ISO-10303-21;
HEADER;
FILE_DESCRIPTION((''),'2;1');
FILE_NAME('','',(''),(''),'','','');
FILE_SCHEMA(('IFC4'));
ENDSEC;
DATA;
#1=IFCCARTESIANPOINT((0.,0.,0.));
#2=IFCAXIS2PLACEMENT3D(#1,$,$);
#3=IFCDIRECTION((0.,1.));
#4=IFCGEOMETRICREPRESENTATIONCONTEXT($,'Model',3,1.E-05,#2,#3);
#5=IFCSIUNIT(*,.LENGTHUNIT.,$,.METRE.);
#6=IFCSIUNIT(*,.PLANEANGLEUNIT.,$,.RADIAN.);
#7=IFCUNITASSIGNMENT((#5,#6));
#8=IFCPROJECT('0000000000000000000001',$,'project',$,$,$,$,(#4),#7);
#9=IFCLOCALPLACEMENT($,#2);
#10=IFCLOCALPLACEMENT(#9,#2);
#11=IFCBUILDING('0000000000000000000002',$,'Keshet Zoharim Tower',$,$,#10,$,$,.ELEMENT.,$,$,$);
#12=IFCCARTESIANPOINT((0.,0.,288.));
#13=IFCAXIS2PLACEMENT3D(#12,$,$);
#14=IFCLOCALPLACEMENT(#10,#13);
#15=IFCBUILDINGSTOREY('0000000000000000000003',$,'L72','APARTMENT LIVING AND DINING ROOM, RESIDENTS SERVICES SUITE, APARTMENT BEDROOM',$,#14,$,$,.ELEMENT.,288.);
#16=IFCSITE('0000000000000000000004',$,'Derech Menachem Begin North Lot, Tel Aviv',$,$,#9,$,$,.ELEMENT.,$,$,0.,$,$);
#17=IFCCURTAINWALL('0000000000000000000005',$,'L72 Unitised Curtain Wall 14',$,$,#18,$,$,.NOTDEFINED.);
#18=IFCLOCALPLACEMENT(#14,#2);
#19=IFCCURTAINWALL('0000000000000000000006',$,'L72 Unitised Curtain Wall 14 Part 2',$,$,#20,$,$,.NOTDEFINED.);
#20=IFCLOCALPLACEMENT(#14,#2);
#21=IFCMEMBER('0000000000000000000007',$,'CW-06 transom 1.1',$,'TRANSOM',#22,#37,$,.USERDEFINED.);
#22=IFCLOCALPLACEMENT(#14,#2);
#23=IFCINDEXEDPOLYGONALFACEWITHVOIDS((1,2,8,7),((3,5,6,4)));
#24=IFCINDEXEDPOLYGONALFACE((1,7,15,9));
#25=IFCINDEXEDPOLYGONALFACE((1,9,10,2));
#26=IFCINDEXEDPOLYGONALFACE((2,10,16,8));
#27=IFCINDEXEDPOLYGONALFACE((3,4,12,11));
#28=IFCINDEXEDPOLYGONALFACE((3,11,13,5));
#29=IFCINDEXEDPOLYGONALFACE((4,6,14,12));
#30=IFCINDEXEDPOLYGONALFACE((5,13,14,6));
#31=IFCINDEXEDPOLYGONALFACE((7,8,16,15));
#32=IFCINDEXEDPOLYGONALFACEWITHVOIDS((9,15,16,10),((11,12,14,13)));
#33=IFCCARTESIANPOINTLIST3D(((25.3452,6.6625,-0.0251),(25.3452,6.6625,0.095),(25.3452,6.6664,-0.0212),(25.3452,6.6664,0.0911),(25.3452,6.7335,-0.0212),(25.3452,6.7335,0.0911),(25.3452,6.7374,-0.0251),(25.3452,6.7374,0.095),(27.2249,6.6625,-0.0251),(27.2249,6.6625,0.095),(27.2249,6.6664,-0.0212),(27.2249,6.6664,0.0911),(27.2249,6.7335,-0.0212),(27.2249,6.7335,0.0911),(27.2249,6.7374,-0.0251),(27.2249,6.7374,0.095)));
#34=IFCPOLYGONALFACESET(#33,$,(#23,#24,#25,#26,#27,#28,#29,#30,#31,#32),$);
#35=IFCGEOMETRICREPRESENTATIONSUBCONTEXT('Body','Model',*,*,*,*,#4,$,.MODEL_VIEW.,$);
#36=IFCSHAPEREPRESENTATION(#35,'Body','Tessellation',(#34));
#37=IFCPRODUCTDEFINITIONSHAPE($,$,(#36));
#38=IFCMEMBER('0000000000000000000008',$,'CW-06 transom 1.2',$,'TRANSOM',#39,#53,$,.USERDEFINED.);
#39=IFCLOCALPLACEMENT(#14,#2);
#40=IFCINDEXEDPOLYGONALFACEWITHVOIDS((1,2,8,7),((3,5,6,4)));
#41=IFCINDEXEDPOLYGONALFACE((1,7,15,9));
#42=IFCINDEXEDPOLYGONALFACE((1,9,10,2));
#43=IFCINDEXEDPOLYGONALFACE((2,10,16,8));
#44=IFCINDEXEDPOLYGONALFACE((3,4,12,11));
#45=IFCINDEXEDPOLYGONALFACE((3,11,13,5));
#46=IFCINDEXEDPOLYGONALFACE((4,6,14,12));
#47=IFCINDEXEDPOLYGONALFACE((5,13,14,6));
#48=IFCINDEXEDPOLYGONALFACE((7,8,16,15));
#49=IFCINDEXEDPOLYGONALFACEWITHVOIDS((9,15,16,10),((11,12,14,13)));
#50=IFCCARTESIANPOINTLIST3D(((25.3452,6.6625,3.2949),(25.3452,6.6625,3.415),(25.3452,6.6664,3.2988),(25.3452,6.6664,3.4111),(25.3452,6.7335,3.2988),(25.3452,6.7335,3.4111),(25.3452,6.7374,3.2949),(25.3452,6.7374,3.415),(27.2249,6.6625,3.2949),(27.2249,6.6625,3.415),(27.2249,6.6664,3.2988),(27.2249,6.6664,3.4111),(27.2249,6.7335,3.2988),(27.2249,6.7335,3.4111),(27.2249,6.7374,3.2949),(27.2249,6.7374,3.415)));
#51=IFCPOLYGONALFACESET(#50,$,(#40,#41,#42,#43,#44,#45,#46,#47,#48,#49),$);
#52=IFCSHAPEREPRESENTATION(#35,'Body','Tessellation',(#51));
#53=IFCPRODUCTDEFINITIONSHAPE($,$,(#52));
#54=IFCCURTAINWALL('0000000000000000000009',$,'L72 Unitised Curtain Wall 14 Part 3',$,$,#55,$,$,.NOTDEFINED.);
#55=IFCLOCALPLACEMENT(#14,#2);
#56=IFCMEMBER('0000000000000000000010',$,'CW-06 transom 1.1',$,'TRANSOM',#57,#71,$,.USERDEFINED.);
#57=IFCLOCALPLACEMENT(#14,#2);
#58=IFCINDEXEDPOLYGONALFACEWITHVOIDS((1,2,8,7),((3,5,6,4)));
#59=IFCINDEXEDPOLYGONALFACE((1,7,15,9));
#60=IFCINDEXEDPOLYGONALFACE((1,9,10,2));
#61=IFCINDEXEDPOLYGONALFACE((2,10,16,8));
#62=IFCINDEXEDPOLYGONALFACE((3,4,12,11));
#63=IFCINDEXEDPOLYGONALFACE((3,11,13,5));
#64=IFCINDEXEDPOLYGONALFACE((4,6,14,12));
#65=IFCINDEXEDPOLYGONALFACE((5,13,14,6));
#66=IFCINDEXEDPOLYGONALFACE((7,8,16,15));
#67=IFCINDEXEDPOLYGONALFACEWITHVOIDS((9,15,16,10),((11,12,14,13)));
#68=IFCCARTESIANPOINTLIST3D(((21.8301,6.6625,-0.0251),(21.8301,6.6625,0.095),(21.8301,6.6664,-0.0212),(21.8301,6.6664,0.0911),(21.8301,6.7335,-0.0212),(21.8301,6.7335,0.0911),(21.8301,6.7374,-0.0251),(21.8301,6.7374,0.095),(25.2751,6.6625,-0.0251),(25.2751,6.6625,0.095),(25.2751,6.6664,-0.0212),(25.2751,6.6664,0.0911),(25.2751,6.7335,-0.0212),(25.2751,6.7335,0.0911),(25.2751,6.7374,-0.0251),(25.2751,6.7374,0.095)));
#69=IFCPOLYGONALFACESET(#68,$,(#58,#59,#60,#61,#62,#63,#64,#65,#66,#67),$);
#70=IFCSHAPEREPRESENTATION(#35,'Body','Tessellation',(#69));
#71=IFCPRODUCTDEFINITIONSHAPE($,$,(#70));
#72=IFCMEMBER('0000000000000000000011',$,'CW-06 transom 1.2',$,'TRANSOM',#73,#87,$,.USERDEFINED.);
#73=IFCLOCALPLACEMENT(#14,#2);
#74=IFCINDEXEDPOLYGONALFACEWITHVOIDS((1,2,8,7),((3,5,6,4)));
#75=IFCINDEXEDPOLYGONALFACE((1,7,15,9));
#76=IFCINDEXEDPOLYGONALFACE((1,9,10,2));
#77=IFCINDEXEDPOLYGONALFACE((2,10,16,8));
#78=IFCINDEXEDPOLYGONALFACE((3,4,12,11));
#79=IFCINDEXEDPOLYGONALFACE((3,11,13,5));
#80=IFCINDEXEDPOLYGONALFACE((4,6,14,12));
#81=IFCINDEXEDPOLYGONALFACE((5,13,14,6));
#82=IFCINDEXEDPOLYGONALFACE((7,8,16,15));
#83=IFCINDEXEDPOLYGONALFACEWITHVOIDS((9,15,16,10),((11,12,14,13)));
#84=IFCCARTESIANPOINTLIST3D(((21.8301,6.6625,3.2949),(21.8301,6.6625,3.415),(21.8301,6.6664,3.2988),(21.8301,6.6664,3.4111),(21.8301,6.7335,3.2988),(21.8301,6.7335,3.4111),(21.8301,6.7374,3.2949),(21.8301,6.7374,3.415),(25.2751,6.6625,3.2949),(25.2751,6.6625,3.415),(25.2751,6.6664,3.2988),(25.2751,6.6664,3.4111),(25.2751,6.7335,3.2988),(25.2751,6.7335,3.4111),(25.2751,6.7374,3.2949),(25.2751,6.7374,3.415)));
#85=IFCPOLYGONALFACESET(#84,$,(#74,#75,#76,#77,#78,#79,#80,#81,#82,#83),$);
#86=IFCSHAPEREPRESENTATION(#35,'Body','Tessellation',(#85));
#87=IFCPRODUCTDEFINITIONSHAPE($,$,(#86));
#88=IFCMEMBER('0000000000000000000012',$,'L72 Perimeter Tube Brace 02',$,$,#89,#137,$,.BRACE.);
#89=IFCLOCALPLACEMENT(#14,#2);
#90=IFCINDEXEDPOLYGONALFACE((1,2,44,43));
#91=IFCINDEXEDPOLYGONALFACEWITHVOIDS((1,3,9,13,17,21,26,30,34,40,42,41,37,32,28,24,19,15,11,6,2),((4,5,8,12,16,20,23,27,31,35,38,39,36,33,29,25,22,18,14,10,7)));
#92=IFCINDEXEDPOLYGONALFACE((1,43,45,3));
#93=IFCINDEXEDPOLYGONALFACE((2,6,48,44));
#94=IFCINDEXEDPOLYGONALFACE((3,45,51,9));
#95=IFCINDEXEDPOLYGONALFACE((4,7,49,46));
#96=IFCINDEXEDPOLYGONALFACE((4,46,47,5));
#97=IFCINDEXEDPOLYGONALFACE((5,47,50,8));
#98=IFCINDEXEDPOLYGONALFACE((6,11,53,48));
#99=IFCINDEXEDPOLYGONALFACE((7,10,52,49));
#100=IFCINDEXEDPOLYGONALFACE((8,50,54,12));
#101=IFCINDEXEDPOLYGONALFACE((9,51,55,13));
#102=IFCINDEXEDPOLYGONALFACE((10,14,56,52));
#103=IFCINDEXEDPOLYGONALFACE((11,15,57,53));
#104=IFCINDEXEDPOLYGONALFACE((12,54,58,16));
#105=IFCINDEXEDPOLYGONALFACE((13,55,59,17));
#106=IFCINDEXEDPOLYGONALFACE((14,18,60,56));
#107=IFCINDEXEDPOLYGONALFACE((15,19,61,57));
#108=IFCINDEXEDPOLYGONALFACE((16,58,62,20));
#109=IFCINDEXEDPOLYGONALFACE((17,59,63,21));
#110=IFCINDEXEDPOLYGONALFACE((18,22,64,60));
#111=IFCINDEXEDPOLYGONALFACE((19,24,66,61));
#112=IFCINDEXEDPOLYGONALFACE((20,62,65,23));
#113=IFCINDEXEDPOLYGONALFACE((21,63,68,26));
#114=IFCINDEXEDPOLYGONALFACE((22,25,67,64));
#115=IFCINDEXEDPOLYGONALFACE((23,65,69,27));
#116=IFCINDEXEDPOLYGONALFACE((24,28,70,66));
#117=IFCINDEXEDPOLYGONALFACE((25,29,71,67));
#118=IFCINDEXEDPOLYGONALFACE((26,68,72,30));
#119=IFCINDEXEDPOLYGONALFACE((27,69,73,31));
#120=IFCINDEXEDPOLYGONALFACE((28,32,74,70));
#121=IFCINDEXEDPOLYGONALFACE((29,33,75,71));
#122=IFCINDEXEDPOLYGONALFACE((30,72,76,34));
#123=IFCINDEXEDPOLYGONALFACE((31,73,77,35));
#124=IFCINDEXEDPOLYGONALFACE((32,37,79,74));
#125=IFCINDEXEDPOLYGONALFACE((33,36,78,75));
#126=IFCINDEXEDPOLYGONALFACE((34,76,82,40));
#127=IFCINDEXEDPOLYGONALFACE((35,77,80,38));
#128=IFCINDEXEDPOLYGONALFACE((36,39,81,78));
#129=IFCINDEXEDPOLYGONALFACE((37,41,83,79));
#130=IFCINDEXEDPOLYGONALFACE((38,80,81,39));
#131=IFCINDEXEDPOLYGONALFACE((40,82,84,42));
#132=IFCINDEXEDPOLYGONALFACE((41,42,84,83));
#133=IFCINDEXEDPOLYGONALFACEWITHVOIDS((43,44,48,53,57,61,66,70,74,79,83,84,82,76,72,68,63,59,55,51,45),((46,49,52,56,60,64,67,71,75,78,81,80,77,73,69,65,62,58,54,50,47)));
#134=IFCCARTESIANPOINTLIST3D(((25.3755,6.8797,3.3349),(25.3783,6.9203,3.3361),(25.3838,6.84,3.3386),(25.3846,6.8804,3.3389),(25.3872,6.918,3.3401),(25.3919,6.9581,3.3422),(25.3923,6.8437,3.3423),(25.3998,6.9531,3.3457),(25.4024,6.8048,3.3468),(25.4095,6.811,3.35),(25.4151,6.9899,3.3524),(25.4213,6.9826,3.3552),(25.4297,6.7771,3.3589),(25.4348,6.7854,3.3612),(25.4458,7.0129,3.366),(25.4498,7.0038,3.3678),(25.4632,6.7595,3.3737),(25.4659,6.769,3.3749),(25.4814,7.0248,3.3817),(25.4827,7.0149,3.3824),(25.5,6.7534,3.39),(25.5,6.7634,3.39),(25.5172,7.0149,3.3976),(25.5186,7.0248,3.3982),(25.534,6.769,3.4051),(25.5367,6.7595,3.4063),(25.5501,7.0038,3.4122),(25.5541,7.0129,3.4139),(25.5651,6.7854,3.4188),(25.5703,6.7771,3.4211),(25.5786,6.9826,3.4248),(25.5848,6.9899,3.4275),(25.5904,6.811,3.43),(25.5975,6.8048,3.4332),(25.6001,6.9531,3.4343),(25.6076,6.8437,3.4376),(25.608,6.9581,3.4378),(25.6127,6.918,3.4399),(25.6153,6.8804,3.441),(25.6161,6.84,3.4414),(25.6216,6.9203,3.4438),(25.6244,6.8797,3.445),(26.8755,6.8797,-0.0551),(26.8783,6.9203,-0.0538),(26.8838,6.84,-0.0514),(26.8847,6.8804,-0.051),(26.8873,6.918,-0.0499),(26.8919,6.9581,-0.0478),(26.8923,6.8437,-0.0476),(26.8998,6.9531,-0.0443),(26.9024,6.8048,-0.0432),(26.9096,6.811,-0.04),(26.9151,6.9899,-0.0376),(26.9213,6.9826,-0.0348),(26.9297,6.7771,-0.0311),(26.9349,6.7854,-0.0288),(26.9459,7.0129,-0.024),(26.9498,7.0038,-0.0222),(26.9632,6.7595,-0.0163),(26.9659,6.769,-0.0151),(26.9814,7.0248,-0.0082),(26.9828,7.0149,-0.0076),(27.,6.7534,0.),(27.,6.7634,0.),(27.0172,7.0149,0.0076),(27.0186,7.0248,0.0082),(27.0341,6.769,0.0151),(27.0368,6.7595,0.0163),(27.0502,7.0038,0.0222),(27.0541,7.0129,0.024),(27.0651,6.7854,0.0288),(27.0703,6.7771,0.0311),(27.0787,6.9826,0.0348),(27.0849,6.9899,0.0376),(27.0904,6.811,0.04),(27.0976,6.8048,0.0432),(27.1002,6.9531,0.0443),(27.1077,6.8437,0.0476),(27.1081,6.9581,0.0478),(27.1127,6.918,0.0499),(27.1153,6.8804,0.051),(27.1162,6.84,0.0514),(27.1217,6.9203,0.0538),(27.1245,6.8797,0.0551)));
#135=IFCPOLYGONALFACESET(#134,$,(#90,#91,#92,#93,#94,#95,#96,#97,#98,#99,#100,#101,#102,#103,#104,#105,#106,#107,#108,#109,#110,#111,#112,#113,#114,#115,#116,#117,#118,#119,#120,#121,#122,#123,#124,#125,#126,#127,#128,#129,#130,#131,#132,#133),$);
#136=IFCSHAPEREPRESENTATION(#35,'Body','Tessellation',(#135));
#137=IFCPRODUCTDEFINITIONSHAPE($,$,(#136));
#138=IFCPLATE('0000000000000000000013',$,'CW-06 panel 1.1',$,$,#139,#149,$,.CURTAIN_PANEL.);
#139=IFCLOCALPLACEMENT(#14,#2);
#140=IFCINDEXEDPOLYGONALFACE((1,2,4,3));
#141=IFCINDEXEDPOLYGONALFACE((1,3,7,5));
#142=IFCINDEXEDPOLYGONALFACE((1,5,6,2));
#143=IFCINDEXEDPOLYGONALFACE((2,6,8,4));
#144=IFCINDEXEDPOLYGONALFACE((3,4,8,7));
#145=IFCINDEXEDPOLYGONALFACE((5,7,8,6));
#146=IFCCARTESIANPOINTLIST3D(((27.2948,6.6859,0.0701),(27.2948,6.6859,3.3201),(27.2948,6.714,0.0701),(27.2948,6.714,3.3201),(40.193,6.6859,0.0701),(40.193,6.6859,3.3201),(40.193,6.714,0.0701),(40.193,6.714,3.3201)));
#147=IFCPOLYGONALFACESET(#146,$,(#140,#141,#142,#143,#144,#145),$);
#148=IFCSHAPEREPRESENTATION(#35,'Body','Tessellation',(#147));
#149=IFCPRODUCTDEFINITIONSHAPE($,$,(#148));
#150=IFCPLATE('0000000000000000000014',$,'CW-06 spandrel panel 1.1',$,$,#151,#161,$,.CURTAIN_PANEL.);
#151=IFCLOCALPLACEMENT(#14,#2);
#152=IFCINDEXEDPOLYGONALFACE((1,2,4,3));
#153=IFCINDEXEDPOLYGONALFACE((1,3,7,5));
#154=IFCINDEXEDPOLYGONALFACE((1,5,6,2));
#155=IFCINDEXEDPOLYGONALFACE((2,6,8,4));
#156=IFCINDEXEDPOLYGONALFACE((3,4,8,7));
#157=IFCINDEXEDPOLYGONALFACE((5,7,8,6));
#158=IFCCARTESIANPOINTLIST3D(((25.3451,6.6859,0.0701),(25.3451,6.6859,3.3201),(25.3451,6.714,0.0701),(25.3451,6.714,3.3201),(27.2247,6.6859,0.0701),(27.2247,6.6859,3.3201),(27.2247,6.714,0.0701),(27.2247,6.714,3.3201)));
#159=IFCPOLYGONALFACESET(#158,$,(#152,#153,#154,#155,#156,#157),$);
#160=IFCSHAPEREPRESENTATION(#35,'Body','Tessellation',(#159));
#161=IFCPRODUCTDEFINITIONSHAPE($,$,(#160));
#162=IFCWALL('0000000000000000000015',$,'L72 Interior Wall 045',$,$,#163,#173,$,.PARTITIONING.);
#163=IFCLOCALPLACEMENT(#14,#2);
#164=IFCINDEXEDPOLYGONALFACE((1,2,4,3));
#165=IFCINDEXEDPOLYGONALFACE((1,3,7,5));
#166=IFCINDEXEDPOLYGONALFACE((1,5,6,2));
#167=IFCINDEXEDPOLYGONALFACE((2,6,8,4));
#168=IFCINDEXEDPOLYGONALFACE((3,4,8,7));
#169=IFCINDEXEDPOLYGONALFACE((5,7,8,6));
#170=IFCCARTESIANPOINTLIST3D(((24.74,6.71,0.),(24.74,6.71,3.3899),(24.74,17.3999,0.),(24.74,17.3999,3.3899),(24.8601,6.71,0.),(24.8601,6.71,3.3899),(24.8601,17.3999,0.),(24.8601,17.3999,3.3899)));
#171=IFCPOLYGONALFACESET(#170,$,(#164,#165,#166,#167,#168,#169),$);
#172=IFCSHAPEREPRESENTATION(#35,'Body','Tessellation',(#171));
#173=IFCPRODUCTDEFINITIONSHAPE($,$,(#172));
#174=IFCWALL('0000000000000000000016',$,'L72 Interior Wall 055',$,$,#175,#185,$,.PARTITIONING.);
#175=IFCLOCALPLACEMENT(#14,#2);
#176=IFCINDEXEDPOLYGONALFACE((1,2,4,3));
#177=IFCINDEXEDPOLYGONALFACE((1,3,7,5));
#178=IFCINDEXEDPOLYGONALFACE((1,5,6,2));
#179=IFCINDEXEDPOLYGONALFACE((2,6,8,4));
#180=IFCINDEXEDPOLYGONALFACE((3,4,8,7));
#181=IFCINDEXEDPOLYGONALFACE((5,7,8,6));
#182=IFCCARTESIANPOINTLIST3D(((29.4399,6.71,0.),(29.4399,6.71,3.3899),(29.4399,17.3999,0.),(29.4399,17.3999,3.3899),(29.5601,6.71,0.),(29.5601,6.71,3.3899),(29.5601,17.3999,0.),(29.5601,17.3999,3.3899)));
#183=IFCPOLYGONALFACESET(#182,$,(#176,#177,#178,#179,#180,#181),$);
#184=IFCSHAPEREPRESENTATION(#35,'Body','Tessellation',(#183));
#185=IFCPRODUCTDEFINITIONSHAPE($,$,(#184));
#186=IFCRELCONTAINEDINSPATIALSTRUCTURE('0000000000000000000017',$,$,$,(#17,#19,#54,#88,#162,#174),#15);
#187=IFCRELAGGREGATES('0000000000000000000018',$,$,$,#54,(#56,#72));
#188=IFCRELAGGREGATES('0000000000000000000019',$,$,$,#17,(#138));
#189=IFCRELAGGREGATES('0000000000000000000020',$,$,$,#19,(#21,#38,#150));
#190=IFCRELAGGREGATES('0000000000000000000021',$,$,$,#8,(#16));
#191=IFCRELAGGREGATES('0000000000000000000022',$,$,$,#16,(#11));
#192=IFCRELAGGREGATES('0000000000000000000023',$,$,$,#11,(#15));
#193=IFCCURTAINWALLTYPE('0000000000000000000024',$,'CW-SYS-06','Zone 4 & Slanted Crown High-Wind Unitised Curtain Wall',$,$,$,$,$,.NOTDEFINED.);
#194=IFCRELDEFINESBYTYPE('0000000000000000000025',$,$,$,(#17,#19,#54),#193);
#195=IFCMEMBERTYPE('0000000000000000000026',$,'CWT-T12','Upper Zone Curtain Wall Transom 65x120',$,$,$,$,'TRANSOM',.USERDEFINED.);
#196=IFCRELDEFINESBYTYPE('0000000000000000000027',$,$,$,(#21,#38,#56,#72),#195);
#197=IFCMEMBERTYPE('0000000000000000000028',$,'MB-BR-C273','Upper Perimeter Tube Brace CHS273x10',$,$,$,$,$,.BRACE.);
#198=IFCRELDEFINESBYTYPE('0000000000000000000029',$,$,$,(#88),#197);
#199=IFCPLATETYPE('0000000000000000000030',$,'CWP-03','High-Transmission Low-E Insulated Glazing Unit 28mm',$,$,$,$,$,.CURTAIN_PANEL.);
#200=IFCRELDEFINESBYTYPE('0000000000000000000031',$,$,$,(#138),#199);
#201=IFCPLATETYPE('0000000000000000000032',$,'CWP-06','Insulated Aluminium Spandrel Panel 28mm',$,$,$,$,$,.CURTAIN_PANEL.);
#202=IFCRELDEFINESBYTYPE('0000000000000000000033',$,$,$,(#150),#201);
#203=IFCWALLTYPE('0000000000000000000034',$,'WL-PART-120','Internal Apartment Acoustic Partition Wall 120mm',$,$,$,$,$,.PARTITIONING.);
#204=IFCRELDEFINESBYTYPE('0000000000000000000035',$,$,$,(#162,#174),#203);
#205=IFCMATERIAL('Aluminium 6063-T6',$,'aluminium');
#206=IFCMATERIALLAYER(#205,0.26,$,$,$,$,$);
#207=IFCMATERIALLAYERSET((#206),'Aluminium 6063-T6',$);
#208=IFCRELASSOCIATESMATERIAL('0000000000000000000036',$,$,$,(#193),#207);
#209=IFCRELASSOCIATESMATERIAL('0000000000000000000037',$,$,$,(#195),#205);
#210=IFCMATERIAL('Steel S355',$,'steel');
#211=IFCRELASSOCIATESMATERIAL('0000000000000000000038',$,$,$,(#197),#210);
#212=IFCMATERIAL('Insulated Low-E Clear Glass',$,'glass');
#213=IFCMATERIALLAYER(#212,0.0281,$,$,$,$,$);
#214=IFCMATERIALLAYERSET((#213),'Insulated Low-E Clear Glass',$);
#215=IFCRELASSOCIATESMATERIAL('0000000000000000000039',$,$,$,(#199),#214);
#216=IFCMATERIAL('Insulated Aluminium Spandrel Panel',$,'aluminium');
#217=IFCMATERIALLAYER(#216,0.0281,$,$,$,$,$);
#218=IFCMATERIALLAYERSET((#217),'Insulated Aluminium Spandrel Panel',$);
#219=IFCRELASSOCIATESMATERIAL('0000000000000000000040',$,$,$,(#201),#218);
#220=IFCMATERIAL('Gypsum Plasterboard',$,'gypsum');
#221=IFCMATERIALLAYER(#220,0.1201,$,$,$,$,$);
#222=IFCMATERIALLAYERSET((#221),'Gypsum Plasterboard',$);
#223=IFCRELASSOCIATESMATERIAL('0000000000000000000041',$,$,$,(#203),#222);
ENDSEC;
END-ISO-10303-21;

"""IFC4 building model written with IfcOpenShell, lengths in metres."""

from ifc_helpers import new_model, si_unit, direction, frame, frame_2d, origin, origin_2d, place, context, subcontext, project, spatial, rectangle, hollow_rectangle, hollow_circle, extrude, material, layer, layer_set, material_profile, profile_set, type_object, element, aggregate, save


model = new_model("IFC4")

# Units and contexts
model_context = context("Model", 3, precision=1e-05, world=origin(), true_north=direction((0.0, 1.0)))
body_context = subcontext(model_context, "Body", "Model", "MODEL_VIEW")
ifc_project = project(units=[si_unit("LENGTHUNIT", "METRE"), si_unit("PLANEANGLEUNIT", "RADIAN")], contexts=[model_context])

# Site, building, storey
site_placement = place(None, origin())
site = spatial("IfcSite", under=ifc_project, at=site_placement, Name="Derech Menachem Begin North Lot, Tel Aviv", CompositionType="ELEMENT", RefElevation=0.0)
building_placement = place(site_placement, origin())
building = spatial("IfcBuilding", under=site, at=building_placement, Name="Keshet Zoharim Tower", CompositionType="ELEMENT")
storey_placement = place(building_placement, frame((0.0, 0.0, 288.0)))
storey = spatial("IfcBuildingStorey", under=building, at=storey_placement, Name="L72", Description="APARTMENT LIVING AND DINING ROOM, RESIDENTS SERVICES SUITE, APARTMENT BEDROOM", CompositionType="ELEMENT", Elevation=288.0)

# Shared definitions
ifc_material_1 = material(Name="Steel S355", Category="steel")

# Curtain wall
ifc_material_2 = material(Name="Aluminium 6063-T6", Category="aluminium")
ifc_layer_1 = layer(ifc_material_2, 0.26)
ifc_layer_set_1 = layer_set([ifc_layer_1], Name="Aluminium 6063-T6")
curtain_wall_type = type_object("IfcCurtainWallType", Name="CW-SYS-06", Description="Zone 4 & Slanted Crown High-Wind Unitised Curtain Wall", PredefinedType="NOTDEFINED", material=ifc_layer_set_1)
curtain_wall_1_placement = place(storey_placement, origin())
curtain_wall_1 = element("IfcCurtainWall", 1, at=curtain_wall_1_placement, inside=storey, type_object=curtain_wall_type, Name="L72 Unitised Curtain Wall 14", PredefinedType="NOTDEFINED")

# Curtain walls, members
curtain_wall_2_placement = place(storey_placement, origin())
curtain_wall_2 = element("IfcCurtainWall", 2, at=curtain_wall_2_placement, inside=storey, type_object=curtain_wall_type, Name="L72 Unitised Curtain Wall 14 Part 2", PredefinedType="NOTDEFINED")
ifc_material_profile_1 = material_profile(ifc_material_2, hollow_rectangle(XDim=0.075, YDim=0.1201, WallThickness=0.0039, at=origin_2d()), Name="TRN-75x120")
ifc_profile_set_1 = profile_set([ifc_material_profile_1], Name="Aluminium 6063-T6")
member_type_1 = type_object("IfcMemberType", Name="CWT-T12", Description="Upper Zone Curtain Wall Transom 65x120", ElementType="TRANSOM", PredefinedType="USERDEFINED", material=ifc_profile_set_1)
member_1_placement = place(storey_placement, frame((27.2249, 6.7, 0.0349), z_axis=(-1.0, 0.0, 0.0), x_axis=(0.0, -1.0, 0.0)))
member_1 = element("IfcMember", 3, at=member_1_placement, type_object=member_type_1, Name="CW-06 transom 1.1", ObjectType="TRANSOM", PredefinedType="USERDEFINED", context=body_context, shape_type="SweptSolid", body=[
    extrude(hollow_rectangle(XDim=0.075, YDim=0.1201, WallThickness=0.0039, at=origin_2d()), origin(), (0.0, 0.0, 1.0), 1.8796),
])
member_2_placement = place(storey_placement, frame((27.2249, 6.7, 3.355), z_axis=(-1.0, 0.0, 0.0), x_axis=(0.0, -1.0, 0.0)))
member_2 = element("IfcMember", 4, at=member_2_placement, type_object=member_type_1, Name="CW-06 transom 1.2", ObjectType="TRANSOM", PredefinedType="USERDEFINED", context=body_context, shape_type="SweptSolid", body=[
    extrude(hollow_rectangle(XDim=0.075, YDim=0.1201, WallThickness=0.0039, at=origin_2d()), origin(), (0.0, 0.0, 1.0), 1.8796),
])
curtain_wall_3_placement = place(storey_placement, origin())
curtain_wall_3 = element("IfcCurtainWall", 5, at=curtain_wall_3_placement, inside=storey, type_object=curtain_wall_type, Name="L72 Unitised Curtain Wall 14 Part 3", PredefinedType="NOTDEFINED")
member_3_placement = place(storey_placement, frame((25.2751, 6.7, 0.0349), z_axis=(-1.0, 0.0, 0.0), x_axis=(0.0, -1.0, 0.0)))
member_3 = element("IfcMember", 6, at=member_3_placement, type_object=member_type_1, Name="CW-06 transom 1.1", ObjectType="TRANSOM", PredefinedType="USERDEFINED", context=body_context, shape_type="SweptSolid", body=[
    extrude(hollow_rectangle(XDim=0.075, YDim=0.1201, WallThickness=0.0039, at=origin_2d()), origin(), (0.0, 0.0, 1.0), 3.4451),
])
member_4_placement = place(storey_placement, frame((25.2751, 6.7, 3.355), z_axis=(-1.0, 0.0, 0.0), x_axis=(0.0, -1.0, 0.0)))
member_4 = element("IfcMember", 7, at=member_4_placement, type_object=member_type_1, Name="CW-06 transom 1.2", ObjectType="TRANSOM", PredefinedType="USERDEFINED", context=body_context, shape_type="SweptSolid", body=[
    extrude(hollow_rectangle(XDim=0.075, YDim=0.1201, WallThickness=0.0039, at=origin_2d()), origin(), (0.0, 0.0, 1.0), 3.4451),
])
aggregate(curtain_wall_3, [member_3, member_4])

# Member
ifc_material_profile_2 = material_profile(ifc_material_1, hollow_circle(Radius=0.1365, WallThickness=0.01, at=origin_2d()), Name="CHS273x10")
ifc_profile_set_2 = profile_set([ifc_material_profile_2], Name="Steel S355")
member_type_2 = type_object("IfcMemberType", Name="MB-BR-C273", Description="Upper Perimeter Tube Brace CHS273x10", PredefinedType="BRACE", material=ifc_profile_set_2)
member_5_placement = place(storey_placement, frame((27.0, 6.8899, 0.0), z_axis=(-0.404647, 0.0, 0.914473), x_axis=(0.0, -1.0, 0.0)))
element("IfcMember", 8, at=member_5_placement, inside=storey, type_object=member_type_2, Name="L72 Perimeter Tube Brace 02", PredefinedType="BRACE", context=body_context, shape_type="SweptSolid", body=[
    extrude(hollow_circle(Radius=0.1365, WallThickness=0.01, at=origin_2d()), origin(), (0.0, 0.0, 1.0), 3.707),
])

# Plates
ifc_material_3 = material(Name="Insulated Low-E Clear Glass", Category="glass")
ifc_layer_2 = layer(ifc_material_3, 0.0281)
ifc_layer_set_2 = layer_set([ifc_layer_2], Name="Insulated Low-E Clear Glass")
plate_type_1 = type_object("IfcPlateType", Name="CWP-03", Description="High-Transmission Low-E Insulated Glazing Unit 28mm", PredefinedType="CURTAIN_PANEL", material=ifc_layer_set_2)
plate_1_placement = place(storey_placement, frame((33.7439, 6.7, 0.0701), z_axis=(0.0, 0.0, 1.0), x_axis=(-1.0, 0.0, 0.0)))
plate_1 = element("IfcPlate", 9, at=plate_1_placement, type_object=plate_type_1, Name="CW-06 panel 1.1", PredefinedType="CURTAIN_PANEL", context=body_context, shape_type="SweptSolid", body=[
    extrude(rectangle(XDim=12.8982, YDim=0.0281, at=origin_2d()), origin(), (0.0, 0.0, 1.0), 3.25),
])
aggregate(curtain_wall_1, [plate_1])
ifc_material_4 = material(Name="Insulated Aluminium Spandrel Panel", Category="aluminium")
ifc_layer_3 = layer(ifc_material_4, 0.0281)
ifc_layer_set_3 = layer_set([ifc_layer_3], Name="Insulated Aluminium Spandrel Panel")
plate_type_2 = type_object("IfcPlateType", Name="CWP-06", Description="Insulated Aluminium Spandrel Panel 28mm", PredefinedType="CURTAIN_PANEL", material=ifc_layer_set_3)
plate_2_placement = place(storey_placement, frame((26.2849, 6.7, 0.0701), z_axis=(0.0, 0.0, 1.0), x_axis=(-1.0, 0.0, 0.0)))
plate_2 = element("IfcPlate", 10, at=plate_2_placement, type_object=plate_type_2, Name="CW-06 spandrel panel 1.1", PredefinedType="CURTAIN_PANEL", context=body_context, shape_type="SweptSolid", body=[
    extrude(rectangle(XDim=1.8796, YDim=0.0281, at=origin_2d()), origin(), (0.0, 0.0, 1.0), 3.25),
])
aggregate(curtain_wall_2, [member_1, member_2, plate_2])

# Walls
ifc_material_5 = material(Name="Gypsum Plasterboard", Category="gypsum")
ifc_layer_4 = layer(ifc_material_5, 0.1201)
ifc_layer_set_4 = layer_set([ifc_layer_4], Name="Gypsum Plasterboard")
wall_type_1 = type_object("IfcWallType", Name="WL-PART-120", Description="Internal Apartment Acoustic Partition Wall 120mm", PredefinedType="PARTITIONING", material=ifc_layer_set_4)
for number, where, z_axis, x_axis, name in (
    (11, (24.8, 6.71, 0.0), (0.0, 0.0, 1.0), (0.0, 1.0, 0.0), "L72 Interior Wall 045"),
    (12, (29.5, 6.71, 0.0), (0.0, 0.0, 1.0), (0.0, 1.0, 0.0), "L72 Interior Wall 055"),
):
    element("IfcWall", number, at=place(storey_placement, frame(where, z_axis=z_axis, x_axis=x_axis)), inside=storey, type_object=wall_type_1, Name=name, PredefinedType="PARTITIONING", context=body_context, shape_type="SweptSolid", body=[
        extrude(rectangle(XDim=10.6899, YDim=0.1201, at=frame_2d((5.345, 0.0))), origin(), (0.0, 0.0, 1.0), 3.3899),
    ])

save(model, "model.ifc")
